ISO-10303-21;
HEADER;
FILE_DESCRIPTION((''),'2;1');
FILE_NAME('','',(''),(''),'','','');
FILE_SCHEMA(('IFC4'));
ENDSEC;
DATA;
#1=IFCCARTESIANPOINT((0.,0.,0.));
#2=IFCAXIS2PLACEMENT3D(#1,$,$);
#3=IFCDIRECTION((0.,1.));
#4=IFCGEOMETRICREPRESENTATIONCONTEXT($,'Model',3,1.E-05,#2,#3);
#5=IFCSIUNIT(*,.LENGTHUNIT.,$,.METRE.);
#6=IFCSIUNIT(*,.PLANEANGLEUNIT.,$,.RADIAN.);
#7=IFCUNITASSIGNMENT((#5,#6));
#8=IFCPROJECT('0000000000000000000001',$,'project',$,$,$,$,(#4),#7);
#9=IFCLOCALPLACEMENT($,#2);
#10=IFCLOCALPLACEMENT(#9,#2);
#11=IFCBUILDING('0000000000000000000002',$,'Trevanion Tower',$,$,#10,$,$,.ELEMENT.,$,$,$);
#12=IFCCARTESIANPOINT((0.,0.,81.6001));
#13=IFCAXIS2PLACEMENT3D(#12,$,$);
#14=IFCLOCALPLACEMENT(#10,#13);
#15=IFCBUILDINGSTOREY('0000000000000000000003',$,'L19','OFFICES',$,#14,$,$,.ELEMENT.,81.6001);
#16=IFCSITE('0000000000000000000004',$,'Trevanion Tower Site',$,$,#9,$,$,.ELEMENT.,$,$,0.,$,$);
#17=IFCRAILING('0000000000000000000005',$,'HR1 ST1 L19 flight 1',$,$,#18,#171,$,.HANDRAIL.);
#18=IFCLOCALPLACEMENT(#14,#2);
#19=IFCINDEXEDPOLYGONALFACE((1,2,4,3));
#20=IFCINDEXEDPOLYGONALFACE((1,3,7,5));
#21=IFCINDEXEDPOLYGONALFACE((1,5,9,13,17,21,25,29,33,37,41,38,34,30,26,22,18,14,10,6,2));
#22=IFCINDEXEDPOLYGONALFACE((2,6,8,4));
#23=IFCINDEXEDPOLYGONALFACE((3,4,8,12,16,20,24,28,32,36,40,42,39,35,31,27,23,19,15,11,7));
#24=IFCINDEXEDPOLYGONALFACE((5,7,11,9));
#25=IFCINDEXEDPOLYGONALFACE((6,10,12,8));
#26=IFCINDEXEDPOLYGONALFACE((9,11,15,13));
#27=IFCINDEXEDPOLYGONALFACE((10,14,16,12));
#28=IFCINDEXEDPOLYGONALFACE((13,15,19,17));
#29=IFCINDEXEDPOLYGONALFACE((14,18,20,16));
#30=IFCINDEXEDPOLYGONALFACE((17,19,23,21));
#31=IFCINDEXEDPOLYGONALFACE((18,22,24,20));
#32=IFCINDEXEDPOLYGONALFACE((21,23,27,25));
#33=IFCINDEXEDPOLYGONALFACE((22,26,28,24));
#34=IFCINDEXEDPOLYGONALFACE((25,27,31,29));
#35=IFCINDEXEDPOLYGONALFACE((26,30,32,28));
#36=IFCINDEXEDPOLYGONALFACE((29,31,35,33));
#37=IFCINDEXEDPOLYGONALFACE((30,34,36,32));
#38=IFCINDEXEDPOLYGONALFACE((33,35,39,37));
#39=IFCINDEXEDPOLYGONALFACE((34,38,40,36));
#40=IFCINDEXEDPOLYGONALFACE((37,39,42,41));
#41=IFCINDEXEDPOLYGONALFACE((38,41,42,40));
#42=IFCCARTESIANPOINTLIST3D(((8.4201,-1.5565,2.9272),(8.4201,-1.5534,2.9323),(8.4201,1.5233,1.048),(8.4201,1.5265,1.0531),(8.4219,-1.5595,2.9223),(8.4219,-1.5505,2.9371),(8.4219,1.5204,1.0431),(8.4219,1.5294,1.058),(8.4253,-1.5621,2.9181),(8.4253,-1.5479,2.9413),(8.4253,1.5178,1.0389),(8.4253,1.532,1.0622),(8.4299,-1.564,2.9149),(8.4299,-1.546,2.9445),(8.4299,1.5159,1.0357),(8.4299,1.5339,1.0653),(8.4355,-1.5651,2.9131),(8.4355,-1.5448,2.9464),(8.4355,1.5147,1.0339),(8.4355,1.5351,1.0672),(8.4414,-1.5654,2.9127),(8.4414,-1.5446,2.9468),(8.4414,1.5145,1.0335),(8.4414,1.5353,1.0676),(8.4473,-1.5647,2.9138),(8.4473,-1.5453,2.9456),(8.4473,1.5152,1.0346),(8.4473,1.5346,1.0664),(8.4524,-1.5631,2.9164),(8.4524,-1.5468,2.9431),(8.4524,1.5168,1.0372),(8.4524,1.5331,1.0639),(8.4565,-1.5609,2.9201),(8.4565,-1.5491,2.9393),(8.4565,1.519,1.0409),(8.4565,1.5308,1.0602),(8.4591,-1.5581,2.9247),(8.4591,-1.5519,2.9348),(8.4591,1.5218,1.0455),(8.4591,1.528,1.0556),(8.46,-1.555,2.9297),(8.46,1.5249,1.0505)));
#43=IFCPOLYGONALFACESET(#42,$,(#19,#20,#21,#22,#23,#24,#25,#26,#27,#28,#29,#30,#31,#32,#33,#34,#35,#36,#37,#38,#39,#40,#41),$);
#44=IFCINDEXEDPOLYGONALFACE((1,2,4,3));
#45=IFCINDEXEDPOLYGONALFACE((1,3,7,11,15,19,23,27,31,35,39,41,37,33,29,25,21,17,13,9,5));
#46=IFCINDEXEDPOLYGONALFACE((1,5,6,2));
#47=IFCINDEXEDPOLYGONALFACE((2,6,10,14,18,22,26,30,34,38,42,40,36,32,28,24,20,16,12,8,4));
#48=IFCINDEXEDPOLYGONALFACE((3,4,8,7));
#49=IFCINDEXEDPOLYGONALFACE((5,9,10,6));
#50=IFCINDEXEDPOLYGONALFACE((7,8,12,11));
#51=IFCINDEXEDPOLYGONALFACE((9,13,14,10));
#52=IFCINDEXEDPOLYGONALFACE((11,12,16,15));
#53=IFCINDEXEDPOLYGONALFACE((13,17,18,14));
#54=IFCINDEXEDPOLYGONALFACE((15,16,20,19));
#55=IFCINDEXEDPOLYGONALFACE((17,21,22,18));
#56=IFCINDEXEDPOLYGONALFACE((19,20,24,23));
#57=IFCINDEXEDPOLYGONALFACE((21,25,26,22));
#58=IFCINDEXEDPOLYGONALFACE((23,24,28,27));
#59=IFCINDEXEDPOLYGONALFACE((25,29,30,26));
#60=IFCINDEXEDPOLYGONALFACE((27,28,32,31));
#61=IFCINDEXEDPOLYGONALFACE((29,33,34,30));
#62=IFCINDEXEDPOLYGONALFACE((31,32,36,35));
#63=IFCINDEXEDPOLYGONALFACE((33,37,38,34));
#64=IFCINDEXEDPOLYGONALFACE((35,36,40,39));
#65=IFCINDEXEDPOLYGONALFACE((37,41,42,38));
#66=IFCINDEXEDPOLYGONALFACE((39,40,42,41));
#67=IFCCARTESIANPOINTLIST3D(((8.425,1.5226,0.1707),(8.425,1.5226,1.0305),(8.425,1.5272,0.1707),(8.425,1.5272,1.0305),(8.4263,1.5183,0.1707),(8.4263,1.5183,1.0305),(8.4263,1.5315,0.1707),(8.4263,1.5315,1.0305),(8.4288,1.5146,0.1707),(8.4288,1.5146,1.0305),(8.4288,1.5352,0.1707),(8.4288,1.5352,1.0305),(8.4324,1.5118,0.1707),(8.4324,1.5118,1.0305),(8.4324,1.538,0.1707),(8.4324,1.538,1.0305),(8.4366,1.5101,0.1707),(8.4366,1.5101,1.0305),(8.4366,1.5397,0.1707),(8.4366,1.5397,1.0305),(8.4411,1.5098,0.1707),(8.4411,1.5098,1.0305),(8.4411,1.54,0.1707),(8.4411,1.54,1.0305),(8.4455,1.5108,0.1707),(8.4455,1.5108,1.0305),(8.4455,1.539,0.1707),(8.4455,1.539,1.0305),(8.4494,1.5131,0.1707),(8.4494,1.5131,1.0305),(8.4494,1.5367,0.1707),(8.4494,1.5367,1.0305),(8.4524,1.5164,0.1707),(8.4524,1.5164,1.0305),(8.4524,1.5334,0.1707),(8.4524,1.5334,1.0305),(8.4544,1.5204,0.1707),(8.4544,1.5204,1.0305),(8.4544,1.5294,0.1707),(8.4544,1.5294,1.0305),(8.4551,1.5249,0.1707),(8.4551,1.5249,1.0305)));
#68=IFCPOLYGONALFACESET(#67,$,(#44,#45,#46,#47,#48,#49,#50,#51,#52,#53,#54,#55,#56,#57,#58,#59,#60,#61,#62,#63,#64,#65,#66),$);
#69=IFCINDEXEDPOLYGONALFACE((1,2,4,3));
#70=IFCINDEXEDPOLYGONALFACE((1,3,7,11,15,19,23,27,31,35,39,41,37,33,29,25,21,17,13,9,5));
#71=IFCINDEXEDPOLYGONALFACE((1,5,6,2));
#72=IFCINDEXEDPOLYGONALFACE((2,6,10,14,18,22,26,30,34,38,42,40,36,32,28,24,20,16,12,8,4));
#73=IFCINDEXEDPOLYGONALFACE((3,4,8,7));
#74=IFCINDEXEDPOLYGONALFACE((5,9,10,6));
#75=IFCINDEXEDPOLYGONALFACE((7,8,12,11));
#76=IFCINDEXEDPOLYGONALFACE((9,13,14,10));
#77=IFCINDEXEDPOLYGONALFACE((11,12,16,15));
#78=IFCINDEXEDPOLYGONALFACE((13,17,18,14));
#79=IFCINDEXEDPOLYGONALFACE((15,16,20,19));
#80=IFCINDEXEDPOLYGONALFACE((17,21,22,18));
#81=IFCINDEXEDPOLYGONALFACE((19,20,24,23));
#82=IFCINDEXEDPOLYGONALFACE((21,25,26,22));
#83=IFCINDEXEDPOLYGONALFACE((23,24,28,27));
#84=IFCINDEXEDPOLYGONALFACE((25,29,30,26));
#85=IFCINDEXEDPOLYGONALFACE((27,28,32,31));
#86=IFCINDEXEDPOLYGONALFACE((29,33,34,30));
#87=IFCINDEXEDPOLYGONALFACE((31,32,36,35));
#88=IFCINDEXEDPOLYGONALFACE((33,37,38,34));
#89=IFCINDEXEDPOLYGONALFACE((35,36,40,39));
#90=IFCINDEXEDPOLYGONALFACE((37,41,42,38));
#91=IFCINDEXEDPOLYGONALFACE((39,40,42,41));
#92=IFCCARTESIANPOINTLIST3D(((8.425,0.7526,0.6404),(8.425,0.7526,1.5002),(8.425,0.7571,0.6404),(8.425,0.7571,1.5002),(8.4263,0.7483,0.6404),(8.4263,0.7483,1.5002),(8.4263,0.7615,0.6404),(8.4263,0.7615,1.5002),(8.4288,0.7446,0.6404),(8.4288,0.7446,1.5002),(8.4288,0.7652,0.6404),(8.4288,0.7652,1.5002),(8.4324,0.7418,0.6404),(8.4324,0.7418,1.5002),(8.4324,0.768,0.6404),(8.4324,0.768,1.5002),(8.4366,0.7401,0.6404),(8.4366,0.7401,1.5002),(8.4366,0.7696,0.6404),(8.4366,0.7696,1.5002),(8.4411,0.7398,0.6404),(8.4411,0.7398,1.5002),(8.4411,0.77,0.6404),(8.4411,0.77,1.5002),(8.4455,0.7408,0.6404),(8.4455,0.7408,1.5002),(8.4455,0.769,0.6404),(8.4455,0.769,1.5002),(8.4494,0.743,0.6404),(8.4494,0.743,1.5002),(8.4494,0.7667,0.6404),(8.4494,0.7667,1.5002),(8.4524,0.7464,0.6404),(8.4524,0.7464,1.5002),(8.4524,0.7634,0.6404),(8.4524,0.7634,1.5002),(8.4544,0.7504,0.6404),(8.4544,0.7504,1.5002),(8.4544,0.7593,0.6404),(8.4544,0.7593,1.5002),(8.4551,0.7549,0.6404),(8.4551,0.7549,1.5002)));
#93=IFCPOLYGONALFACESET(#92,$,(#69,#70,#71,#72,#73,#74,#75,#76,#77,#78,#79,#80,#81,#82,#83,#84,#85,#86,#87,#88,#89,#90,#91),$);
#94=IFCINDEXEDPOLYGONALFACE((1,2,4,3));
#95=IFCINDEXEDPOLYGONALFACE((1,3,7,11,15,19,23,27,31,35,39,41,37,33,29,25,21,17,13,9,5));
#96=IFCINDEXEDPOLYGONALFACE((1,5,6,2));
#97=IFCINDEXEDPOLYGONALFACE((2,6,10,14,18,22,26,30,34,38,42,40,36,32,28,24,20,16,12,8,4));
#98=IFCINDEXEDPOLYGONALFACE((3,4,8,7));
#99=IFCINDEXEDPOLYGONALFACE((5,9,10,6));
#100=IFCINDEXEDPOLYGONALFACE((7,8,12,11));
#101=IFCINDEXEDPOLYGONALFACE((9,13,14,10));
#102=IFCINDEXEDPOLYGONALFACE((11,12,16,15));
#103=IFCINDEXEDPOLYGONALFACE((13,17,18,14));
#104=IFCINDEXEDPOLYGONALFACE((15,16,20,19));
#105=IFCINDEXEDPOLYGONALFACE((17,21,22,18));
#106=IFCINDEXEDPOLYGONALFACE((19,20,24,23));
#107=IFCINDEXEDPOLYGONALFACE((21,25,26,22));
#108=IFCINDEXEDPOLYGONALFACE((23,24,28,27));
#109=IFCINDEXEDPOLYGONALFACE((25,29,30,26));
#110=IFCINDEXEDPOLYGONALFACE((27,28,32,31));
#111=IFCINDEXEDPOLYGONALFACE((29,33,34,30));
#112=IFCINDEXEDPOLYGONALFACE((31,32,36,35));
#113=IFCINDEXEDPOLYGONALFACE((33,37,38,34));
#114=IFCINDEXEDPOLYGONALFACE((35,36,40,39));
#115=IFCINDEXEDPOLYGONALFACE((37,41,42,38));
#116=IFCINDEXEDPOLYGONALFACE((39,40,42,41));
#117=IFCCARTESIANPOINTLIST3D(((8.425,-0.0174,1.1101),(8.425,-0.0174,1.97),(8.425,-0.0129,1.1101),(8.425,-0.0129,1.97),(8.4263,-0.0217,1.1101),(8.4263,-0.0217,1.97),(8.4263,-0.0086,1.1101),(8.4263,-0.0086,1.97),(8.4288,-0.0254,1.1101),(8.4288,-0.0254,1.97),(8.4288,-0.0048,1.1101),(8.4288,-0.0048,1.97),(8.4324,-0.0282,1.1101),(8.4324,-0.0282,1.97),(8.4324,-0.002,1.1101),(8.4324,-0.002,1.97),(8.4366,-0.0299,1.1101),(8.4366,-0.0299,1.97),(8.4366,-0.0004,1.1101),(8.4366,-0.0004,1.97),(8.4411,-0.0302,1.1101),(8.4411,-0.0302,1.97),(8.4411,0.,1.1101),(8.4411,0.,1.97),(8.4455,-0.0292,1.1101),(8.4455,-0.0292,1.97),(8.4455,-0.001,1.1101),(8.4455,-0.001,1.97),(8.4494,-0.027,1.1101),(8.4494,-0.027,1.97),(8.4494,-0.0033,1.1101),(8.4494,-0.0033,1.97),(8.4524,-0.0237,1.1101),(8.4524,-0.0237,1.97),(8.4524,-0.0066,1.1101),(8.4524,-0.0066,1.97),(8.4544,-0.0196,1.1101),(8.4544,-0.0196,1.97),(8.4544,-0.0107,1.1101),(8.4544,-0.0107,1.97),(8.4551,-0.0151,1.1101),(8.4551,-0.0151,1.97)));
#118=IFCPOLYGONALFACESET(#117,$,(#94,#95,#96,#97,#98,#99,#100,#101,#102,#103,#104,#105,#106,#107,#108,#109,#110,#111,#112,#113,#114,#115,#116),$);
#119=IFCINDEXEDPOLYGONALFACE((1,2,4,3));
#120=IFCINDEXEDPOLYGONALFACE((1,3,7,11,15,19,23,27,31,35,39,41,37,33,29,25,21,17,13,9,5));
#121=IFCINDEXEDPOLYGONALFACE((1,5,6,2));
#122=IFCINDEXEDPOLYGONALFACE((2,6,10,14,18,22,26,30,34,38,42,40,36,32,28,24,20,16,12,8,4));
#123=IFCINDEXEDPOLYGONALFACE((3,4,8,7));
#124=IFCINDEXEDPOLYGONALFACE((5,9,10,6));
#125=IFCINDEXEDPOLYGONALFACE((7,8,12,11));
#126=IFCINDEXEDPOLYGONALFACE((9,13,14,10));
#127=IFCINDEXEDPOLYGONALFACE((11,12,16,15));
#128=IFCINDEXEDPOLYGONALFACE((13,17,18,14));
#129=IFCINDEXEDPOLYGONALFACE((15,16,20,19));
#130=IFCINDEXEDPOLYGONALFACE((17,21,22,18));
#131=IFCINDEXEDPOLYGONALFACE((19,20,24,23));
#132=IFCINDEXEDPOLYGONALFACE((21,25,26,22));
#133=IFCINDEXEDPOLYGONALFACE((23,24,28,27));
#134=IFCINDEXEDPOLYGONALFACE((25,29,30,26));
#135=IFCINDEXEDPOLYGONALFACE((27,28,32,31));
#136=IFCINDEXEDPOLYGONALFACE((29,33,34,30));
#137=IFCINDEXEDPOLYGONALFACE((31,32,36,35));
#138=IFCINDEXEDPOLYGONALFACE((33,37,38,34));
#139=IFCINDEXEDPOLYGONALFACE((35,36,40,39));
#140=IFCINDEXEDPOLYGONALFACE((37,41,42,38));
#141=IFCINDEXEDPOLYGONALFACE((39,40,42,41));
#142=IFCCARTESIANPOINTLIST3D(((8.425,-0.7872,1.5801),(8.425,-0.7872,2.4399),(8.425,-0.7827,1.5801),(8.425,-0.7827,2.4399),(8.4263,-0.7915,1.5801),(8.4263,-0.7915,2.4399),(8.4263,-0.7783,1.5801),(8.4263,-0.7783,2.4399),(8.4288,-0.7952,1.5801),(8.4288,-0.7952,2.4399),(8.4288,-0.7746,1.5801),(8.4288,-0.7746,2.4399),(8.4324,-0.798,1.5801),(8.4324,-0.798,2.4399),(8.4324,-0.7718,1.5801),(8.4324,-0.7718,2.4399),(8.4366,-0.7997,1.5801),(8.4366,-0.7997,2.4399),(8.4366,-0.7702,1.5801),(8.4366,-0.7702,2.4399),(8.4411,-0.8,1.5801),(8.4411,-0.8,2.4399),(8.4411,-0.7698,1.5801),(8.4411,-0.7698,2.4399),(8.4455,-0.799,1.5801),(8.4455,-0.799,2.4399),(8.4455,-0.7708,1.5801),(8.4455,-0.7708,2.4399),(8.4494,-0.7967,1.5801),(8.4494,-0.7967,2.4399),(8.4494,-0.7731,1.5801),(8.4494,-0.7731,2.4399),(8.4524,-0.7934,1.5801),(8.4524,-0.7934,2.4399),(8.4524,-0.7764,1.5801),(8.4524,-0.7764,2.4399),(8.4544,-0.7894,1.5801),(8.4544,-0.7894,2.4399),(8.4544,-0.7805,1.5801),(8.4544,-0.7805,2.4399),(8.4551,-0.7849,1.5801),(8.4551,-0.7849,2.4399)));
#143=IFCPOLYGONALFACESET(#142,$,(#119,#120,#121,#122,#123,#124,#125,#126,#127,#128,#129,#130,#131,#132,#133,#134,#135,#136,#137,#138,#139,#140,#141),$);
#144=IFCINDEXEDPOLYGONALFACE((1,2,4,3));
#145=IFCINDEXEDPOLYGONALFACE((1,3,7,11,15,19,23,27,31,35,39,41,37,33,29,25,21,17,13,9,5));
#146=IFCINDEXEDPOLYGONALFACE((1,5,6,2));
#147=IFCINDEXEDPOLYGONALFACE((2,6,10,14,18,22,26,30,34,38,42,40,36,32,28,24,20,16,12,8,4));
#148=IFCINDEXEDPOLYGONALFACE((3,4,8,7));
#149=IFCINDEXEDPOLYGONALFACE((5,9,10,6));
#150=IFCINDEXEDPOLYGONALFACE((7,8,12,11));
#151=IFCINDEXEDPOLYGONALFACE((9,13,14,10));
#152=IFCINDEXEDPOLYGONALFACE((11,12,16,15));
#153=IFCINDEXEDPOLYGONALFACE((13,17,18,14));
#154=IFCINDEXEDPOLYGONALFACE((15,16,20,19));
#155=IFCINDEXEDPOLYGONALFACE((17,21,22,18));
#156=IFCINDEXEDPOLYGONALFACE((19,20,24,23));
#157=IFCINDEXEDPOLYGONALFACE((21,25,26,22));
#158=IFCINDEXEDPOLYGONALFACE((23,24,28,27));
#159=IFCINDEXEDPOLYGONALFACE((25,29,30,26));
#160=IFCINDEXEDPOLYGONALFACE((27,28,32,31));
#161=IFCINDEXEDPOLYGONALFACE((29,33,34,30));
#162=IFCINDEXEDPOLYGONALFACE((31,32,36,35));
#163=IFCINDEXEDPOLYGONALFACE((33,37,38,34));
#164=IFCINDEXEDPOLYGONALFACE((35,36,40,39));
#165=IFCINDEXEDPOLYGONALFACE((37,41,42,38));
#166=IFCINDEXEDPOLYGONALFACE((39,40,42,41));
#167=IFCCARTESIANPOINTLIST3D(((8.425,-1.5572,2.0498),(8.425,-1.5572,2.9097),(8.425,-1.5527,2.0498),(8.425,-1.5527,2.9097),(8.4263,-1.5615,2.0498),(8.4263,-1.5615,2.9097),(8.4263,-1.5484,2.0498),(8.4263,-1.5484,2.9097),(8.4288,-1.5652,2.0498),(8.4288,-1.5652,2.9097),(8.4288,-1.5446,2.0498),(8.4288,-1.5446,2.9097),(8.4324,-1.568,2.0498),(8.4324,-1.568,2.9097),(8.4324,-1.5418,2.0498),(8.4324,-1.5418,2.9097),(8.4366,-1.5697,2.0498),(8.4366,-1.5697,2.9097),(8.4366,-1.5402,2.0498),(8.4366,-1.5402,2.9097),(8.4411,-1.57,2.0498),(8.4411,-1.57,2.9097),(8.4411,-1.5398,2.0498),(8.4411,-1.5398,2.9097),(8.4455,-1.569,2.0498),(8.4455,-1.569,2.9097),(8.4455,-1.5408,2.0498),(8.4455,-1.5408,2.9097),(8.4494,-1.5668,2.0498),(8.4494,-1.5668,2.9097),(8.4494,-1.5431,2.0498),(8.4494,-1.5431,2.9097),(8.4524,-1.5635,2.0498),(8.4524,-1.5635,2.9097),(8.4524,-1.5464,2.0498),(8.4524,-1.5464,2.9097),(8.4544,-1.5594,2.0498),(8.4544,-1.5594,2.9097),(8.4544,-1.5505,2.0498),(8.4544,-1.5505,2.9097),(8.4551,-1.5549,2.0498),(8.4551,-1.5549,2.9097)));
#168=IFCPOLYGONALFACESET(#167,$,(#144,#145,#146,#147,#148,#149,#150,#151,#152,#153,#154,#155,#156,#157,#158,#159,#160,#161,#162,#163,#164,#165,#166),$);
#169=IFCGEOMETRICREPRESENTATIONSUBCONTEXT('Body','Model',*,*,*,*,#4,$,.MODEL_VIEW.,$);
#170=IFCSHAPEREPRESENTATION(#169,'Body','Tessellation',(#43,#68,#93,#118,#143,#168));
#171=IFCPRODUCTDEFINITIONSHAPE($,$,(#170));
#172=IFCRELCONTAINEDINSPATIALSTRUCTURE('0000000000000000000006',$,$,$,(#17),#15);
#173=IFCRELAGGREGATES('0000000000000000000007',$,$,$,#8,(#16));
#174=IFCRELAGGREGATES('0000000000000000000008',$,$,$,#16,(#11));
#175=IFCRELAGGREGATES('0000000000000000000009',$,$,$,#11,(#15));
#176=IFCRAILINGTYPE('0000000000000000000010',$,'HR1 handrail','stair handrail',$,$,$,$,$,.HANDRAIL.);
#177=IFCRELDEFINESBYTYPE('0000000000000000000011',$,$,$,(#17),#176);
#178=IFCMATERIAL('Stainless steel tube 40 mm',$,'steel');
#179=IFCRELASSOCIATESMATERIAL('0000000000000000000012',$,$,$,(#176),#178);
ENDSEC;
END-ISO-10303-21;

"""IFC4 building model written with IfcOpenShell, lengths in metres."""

from ifc_helpers import new_model, si_unit, direction, frame, origin, origin_2d, place, context, subcontext, project, spatial, circle, extrude, material, type_object, element, save


model = new_model("IFC4")

# Units and contexts
model_context = context("Model", 3, precision=1e-05, world=origin(), true_north=direction((0.0, 1.0)))
body_context = subcontext(model_context, "Body", "Model", "MODEL_VIEW")
ifc_project = project(units=[si_unit("LENGTHUNIT", "METRE"), si_unit("PLANEANGLEUNIT", "RADIAN")], contexts=[model_context])

# Site, building, storey
site_placement = place(None, origin())
site = spatial("IfcSite", under=ifc_project, at=site_placement, Name="Trevanion Tower Site", CompositionType="ELEMENT", RefElevation=0.0)
building_placement = place(site_placement, origin())
building = spatial("IfcBuilding", under=site, at=building_placement, Name="Trevanion Tower", CompositionType="ELEMENT")
storey_placement = place(building_placement, frame((0.0, 0.0, 81.6001)))
storey = spatial("IfcBuildingStorey", under=building, at=storey_placement, Name="L19", Description="OFFICES", CompositionType="ELEMENT", Elevation=81.6001)

# Railing
ifc_material_1 = material(Name="Stainless steel tube 40 mm", Category="steel")
railing_type = type_object("IfcRailingType", Name="HR1 handrail", Description="stair handrail", PredefinedType="HANDRAIL", material=ifc_material_1)
for number, where, name in (
    (1, (8.4399, 1.5249, 0.1707), "HR1 ST1 L19 flight 1"),
):
    element("IfcRailing", number, at=place(storey_placement, frame(where)), inside=storey, type_object=railing_type, Name=name, PredefinedType="HANDRAIL", context=body_context, shape_type="SweptSolid", body=[
        extrude(circle(Radius=0.02, at=origin_2d()), frame((0.0, 0.0, 0.8799), z_axis=(0.0, -0.853648, 0.52085), x_axis=(1.0, 0.0, 0.0)), (0.0, 0.0, 1.0), 3.6079),
        extrude(circle(Radius=0.0151, at=origin_2d()), origin(), (0.0, 0.0, 1.0), 0.8599),
        extrude(circle(Radius=0.0151, at=origin_2d()), frame((0.0, -0.77, 0.4697)), (0.0, 0.0, 1.0), 0.8599),
        extrude(circle(Radius=0.0151, at=origin_2d()), frame((0.0, -1.54, 0.9395)), (0.0, 0.0, 1.0), 0.8599),
        extrude(circle(Radius=0.0151, at=origin_2d()), frame((0.0, -2.3098, 1.4094)), (0.0, 0.0, 1.0), 0.8599),
        extrude(circle(Radius=0.0151, at=origin_2d()), frame((0.0, -3.0798, 1.8792)), (0.0, 0.0, 1.0), 0.8599),
    ])

save(model, "model.ifc")
